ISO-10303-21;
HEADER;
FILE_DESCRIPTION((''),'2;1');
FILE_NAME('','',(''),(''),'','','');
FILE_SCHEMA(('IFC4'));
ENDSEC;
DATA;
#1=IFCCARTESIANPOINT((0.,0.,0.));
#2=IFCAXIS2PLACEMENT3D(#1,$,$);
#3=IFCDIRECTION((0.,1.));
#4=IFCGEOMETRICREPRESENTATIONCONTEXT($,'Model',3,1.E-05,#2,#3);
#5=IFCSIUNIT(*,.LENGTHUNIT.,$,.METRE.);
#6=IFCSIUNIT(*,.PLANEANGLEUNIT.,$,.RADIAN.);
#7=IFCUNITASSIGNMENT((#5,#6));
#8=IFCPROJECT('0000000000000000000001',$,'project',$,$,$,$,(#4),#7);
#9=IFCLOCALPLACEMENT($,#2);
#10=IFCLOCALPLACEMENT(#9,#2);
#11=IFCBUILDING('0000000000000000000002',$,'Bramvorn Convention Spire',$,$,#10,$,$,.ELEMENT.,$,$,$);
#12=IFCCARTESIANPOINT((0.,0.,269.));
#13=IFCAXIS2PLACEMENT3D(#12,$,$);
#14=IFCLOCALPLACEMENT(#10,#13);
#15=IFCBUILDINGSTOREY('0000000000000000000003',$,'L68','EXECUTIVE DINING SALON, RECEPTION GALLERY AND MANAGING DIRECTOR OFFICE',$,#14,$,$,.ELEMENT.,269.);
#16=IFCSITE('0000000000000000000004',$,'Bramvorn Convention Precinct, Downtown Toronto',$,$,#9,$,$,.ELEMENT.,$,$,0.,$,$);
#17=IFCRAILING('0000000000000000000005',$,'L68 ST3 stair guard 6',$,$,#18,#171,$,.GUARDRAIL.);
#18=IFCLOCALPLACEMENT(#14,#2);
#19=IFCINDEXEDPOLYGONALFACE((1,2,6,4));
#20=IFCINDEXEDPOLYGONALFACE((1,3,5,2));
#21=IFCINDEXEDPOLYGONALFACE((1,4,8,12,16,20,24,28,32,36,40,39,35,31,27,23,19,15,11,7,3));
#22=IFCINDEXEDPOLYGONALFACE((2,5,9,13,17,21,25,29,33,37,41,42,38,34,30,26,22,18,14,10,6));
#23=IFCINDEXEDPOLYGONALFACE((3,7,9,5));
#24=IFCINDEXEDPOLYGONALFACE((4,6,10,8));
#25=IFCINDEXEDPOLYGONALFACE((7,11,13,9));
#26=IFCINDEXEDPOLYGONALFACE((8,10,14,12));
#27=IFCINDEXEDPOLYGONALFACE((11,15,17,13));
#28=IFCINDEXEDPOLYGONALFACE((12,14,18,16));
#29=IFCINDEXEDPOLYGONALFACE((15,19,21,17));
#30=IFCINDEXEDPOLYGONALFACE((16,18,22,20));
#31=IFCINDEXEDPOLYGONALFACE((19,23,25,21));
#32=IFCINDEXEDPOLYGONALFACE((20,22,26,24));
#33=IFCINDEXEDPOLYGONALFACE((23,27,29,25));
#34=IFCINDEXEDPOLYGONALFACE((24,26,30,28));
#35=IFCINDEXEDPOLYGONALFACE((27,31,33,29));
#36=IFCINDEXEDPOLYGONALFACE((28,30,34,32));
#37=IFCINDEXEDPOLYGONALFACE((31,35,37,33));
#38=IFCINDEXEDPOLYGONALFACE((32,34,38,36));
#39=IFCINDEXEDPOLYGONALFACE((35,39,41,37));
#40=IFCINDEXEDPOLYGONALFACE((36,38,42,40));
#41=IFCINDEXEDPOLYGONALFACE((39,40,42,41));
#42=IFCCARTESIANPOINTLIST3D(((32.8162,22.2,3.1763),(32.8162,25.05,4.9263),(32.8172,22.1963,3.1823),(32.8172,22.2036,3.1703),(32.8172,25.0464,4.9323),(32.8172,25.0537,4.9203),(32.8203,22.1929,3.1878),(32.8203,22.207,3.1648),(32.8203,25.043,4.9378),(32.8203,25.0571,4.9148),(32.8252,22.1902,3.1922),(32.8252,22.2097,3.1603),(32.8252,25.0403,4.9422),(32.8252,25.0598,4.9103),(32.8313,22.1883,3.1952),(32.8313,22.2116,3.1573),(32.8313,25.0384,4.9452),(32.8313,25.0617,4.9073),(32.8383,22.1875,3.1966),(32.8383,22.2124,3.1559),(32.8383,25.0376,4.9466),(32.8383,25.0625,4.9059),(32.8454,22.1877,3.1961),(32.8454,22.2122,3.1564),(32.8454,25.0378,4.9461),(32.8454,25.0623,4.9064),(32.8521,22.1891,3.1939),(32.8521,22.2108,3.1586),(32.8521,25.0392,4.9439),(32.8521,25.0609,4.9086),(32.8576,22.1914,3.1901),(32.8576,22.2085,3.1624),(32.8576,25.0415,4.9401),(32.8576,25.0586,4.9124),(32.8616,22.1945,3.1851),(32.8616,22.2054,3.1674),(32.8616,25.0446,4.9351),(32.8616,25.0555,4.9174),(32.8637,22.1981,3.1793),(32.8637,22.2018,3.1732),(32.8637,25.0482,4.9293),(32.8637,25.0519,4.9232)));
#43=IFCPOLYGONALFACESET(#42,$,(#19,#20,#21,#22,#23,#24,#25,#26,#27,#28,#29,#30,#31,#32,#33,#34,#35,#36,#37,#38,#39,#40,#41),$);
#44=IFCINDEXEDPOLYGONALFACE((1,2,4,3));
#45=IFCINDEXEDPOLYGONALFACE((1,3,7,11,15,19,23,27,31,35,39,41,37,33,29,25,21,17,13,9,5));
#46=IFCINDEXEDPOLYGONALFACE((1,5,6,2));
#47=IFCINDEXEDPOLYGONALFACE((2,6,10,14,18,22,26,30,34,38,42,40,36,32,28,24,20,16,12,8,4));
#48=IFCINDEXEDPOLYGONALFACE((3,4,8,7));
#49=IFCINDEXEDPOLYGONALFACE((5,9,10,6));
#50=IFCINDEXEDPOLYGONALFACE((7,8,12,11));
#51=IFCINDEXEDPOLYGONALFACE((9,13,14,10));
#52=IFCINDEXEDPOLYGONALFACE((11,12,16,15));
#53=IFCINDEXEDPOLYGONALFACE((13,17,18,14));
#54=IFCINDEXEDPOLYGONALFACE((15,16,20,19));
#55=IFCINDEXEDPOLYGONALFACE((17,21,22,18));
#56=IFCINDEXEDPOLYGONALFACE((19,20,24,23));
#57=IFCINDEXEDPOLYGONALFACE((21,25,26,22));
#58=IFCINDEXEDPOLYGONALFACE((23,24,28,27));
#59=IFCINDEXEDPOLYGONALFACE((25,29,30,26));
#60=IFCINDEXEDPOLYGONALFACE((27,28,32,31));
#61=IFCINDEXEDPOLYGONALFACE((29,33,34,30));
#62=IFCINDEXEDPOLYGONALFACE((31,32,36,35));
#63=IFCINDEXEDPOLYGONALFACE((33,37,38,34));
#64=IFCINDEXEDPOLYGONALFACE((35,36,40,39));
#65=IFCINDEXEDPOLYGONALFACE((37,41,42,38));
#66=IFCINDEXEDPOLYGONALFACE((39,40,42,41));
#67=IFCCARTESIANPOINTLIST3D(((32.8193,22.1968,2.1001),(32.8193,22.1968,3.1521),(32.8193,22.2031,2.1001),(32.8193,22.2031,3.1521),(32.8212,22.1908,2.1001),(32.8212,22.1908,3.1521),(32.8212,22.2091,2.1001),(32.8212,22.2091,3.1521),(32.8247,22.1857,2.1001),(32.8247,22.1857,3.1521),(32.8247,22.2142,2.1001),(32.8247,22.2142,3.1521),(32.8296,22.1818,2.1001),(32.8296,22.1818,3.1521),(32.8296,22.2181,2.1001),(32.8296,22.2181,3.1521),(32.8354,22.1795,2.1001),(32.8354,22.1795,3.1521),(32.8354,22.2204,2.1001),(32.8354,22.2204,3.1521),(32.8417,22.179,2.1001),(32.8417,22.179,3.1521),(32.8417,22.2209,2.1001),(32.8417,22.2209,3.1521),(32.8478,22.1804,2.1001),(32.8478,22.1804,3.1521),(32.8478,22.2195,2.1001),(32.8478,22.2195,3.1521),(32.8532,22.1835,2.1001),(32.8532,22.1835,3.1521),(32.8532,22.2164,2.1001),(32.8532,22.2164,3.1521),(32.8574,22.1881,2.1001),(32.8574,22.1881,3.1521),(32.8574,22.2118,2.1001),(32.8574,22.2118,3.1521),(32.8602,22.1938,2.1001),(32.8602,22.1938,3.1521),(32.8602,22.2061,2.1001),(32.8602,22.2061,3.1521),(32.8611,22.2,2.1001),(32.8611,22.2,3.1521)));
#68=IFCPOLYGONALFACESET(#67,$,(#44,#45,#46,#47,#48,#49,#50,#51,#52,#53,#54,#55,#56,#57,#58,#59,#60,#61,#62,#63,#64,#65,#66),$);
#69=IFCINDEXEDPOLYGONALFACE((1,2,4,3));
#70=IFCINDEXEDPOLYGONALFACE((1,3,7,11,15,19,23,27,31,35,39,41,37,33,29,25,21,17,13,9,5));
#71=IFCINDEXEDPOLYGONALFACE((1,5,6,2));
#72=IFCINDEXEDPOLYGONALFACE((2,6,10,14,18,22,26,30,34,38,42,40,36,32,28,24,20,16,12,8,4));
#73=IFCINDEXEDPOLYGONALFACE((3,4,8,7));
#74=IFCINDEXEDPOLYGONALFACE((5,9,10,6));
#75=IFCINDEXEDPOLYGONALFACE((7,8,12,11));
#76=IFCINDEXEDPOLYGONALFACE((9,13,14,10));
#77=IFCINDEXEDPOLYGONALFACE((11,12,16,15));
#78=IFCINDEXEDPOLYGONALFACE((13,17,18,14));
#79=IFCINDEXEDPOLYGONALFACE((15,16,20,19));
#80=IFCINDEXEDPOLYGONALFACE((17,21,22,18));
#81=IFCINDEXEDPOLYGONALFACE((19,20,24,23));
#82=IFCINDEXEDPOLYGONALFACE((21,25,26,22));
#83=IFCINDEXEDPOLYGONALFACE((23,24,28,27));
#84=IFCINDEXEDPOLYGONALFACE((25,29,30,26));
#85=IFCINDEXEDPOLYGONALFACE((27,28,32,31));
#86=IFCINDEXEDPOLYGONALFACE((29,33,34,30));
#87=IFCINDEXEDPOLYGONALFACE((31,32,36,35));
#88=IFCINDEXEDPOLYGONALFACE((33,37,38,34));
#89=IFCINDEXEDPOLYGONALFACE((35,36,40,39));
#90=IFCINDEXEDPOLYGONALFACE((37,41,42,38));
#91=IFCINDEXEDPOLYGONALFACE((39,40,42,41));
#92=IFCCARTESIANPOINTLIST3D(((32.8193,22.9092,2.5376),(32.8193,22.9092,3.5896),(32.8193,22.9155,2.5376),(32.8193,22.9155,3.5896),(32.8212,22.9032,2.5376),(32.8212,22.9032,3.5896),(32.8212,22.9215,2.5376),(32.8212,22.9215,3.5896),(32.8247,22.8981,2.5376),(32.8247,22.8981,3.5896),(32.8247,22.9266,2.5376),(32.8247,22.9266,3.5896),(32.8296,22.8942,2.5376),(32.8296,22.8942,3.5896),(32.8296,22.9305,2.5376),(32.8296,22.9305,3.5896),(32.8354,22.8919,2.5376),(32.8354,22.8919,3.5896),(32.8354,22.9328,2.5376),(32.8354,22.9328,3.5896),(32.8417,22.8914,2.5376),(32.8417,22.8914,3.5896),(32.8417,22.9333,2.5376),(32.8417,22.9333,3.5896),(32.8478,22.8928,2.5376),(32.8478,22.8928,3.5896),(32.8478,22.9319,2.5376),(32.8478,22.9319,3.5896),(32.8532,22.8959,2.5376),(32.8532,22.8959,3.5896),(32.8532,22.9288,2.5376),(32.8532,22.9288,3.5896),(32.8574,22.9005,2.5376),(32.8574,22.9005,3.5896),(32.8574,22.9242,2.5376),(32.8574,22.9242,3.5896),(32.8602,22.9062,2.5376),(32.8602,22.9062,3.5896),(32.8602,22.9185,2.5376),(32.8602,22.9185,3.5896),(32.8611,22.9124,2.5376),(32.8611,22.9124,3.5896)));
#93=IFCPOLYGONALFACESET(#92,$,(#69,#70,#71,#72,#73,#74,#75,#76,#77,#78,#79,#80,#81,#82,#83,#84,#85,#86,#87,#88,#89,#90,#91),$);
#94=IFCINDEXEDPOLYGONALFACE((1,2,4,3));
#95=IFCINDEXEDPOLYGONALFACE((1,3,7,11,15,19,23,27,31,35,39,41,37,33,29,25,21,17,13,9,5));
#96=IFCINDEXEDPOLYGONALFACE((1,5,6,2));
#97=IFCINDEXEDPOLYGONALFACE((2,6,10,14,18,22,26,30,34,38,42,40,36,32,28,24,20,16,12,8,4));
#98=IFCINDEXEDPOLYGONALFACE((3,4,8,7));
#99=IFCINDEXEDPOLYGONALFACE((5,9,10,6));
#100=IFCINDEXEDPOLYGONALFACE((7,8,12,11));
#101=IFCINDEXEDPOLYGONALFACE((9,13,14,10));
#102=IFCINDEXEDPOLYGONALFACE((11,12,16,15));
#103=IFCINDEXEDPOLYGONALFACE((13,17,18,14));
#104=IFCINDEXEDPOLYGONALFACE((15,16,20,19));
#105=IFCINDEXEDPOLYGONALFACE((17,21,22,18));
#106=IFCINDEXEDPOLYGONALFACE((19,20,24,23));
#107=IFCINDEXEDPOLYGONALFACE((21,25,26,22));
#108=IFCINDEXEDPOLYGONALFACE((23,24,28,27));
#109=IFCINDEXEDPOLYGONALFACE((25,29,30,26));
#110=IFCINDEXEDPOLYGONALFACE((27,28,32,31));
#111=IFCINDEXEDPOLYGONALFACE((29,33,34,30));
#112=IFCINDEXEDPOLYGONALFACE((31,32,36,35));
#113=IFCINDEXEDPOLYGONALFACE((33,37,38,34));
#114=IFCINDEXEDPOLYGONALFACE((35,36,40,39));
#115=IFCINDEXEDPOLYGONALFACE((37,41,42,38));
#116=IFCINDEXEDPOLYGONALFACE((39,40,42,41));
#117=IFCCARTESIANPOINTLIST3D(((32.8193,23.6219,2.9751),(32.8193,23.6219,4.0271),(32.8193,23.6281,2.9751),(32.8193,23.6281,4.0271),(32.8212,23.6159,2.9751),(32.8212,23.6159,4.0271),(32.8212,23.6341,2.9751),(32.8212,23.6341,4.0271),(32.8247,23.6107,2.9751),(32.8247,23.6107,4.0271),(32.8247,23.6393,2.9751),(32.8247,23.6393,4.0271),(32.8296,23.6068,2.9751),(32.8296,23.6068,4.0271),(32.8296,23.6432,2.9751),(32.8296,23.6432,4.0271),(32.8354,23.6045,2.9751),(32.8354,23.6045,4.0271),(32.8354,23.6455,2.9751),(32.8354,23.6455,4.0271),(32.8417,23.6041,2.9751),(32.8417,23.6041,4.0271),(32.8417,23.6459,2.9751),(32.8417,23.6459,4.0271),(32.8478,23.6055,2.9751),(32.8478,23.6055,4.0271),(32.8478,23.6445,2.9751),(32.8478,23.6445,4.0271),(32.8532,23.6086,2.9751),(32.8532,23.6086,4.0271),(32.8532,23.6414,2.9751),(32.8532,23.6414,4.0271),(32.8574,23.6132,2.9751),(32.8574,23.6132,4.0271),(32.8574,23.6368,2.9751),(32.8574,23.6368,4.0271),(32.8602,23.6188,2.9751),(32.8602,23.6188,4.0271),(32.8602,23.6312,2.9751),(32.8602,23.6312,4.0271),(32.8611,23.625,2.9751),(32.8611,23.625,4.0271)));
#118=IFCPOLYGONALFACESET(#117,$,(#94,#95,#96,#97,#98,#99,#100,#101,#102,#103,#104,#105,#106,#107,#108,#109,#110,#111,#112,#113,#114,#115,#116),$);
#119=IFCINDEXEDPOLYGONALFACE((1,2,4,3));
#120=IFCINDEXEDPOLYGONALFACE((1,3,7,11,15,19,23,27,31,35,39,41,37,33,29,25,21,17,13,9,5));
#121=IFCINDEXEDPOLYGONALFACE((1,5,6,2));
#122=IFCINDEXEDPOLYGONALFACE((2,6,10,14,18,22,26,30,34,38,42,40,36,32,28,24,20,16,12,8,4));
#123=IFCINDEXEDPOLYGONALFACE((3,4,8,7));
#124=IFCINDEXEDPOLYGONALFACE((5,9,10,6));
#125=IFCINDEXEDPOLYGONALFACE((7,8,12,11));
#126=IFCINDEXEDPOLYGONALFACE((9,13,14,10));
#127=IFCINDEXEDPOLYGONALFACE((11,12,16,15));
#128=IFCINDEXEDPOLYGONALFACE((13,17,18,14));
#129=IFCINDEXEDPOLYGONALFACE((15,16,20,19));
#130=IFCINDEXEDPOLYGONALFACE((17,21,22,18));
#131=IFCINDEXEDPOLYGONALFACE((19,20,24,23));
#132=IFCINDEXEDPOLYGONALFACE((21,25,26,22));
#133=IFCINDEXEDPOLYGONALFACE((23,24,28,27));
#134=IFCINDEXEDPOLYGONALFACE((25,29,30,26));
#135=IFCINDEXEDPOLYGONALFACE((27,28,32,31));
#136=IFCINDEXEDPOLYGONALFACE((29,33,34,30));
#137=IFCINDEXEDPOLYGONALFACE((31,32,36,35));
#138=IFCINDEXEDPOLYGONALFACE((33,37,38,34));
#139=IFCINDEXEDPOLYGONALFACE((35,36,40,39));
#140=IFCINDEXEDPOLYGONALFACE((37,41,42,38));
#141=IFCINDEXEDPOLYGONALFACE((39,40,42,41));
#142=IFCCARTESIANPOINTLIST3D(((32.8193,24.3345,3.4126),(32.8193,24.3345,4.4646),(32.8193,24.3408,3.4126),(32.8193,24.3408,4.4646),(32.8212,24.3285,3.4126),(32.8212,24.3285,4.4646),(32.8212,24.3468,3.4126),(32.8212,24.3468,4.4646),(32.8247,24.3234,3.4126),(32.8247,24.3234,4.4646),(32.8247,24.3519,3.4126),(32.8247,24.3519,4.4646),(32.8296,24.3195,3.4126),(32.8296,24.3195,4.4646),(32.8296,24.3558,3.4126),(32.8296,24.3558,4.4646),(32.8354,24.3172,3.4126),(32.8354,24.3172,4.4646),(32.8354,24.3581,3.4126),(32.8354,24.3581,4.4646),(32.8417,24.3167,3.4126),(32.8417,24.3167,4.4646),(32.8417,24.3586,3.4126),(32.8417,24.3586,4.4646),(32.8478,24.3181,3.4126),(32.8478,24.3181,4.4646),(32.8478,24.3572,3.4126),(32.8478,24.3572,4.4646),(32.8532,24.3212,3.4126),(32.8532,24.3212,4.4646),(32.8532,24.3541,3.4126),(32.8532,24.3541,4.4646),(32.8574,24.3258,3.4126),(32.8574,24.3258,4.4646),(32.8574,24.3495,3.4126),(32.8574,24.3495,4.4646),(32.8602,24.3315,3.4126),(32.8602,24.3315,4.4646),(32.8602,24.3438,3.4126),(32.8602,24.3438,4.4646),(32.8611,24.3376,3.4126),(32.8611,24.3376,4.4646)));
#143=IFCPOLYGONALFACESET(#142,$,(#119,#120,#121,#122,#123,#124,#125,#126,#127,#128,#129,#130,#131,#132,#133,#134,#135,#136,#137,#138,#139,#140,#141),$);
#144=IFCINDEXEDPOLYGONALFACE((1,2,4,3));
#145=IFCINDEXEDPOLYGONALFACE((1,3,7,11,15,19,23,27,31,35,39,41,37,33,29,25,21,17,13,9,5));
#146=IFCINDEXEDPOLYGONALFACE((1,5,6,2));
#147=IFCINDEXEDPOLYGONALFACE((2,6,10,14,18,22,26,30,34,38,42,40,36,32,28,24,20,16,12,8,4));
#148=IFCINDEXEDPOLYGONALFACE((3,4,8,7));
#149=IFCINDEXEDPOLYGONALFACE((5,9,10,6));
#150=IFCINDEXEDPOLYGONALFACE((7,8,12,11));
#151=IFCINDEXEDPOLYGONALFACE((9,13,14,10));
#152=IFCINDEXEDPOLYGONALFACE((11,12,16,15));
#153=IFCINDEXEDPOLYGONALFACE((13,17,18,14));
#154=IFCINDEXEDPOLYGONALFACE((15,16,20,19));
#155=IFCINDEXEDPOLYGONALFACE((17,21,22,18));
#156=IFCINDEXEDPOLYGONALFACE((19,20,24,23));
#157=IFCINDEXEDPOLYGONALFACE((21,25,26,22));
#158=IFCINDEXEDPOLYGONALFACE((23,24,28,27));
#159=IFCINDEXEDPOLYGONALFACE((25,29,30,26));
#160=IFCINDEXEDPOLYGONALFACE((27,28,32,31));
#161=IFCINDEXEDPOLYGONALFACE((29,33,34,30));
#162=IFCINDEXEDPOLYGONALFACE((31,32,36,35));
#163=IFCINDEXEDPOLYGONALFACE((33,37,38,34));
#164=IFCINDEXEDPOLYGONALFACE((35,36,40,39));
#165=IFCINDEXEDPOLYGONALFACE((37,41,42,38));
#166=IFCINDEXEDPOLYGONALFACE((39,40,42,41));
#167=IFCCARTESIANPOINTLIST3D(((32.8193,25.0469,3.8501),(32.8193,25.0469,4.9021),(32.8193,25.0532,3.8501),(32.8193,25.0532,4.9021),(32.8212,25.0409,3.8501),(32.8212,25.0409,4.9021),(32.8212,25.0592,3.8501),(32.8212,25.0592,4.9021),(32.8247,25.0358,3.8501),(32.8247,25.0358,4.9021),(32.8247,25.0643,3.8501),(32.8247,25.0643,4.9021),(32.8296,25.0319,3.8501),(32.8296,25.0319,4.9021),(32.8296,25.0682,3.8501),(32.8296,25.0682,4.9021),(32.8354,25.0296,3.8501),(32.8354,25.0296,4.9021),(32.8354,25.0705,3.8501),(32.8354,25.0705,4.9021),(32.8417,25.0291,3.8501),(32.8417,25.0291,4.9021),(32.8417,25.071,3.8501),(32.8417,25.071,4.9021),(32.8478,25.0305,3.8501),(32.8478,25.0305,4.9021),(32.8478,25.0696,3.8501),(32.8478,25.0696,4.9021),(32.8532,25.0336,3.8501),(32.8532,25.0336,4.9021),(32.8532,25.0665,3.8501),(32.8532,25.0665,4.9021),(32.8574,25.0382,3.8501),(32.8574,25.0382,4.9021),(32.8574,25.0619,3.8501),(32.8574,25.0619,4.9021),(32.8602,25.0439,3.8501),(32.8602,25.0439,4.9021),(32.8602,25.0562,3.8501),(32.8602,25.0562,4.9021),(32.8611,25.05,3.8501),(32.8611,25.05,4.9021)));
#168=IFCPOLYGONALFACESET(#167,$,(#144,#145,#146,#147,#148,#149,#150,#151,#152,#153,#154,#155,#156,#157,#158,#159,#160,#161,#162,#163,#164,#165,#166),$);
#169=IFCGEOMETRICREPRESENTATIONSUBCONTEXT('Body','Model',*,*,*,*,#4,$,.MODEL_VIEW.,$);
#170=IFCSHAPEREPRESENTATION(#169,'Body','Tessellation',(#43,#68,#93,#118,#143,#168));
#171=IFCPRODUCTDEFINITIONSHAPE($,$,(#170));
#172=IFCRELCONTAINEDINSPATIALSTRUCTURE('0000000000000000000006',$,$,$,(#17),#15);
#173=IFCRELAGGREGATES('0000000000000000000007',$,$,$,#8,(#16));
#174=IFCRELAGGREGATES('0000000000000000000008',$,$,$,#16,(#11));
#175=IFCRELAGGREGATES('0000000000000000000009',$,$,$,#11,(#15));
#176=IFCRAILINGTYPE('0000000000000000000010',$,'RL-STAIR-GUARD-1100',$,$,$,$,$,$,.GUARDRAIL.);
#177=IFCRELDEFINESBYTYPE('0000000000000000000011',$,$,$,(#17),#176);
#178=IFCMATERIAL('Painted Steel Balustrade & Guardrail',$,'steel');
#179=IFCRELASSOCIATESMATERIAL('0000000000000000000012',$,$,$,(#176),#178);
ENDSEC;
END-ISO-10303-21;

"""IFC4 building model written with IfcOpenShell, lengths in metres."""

from ifc_helpers import new_model, si_unit, direction, frame, origin, origin_2d, place, context, subcontext, project, spatial, circle, extrude, material, type_object, element, save


model = new_model("IFC4")

# Units and contexts
model_context = context("Model", 3, precision=1e-05, world=origin(), true_north=direction((0.0, 1.0)))
body_context = subcontext(model_context, "Body", "Model", "MODEL_VIEW")
ifc_project = project(units=[si_unit("LENGTHUNIT", "METRE"), si_unit("PLANEANGLEUNIT", "RADIAN")], contexts=[model_context])

# Site, building, storey
site_placement = place(None, origin())
site = spatial("IfcSite", under=ifc_project, at=site_placement, Name="Bramvorn Convention Precinct, Downtown Toronto", CompositionType="ELEMENT", RefElevation=0.0)
building_placement = place(site_placement, origin())
building = spatial("IfcBuilding", under=site, at=building_placement, Name="Bramvorn Convention Spire", CompositionType="ELEMENT")
storey_placement = place(building_placement, frame((0.0, 0.0, 269.0)))
storey = spatial("IfcBuildingStorey", under=building, at=storey_placement, Name="L68", Description="EXECUTIVE DINING SALON, RECEPTION GALLERY AND MANAGING DIRECTOR OFFICE", CompositionType="ELEMENT", Elevation=269.0)

# Railing
ifc_material_1 = material(Name="Painted Steel Balustrade & Guardrail", Category="steel")
railing_type_1 = type_object("IfcRailingType", Name="RL-STAIR-GUARD-1100", PredefinedType="GUARDRAIL", material=ifc_material_1)
railing_1_placement = place(storey_placement, frame((32.8401, 22.2, 2.1001)))
element("IfcRailing", 1, at=railing_1_placement, inside=storey, type_object=railing_type_1, Name="L68 ST3 stair guard 6", PredefinedType="GUARDRAIL", context=body_context, shape_type="SweptSolid", body=[
    extrude(circle(Radius=0.0239, at=origin_2d()), frame((0.0, 0.0, 1.0762), z_axis=(0.0, 0.852179, 0.52325), x_axis=(-1.0, 0.0, 0.0)), (0.0, 0.0, 1.0), 3.3445),
    extrude(circle(Radius=0.021, at=origin_2d()), origin(), (0.0, 0.0, 1.0), 1.052),
    extrude(circle(Radius=0.021, at=origin_2d()), frame((0.0, 0.7124, 0.4375)), (0.0, 0.0, 1.0), 1.052),
    extrude(circle(Radius=0.021, at=origin_2d()), frame((0.0, 1.425, 0.875)), (0.0, 0.0, 1.0), 1.052),
    extrude(circle(Radius=0.021, at=origin_2d()), frame((0.0, 2.1377, 1.3125)), (0.0, 0.0, 1.0), 1.052),
    extrude(circle(Radius=0.021, at=origin_2d()), frame((0.0, 2.8501, 1.75)), (0.0, 0.0, 1.0), 1.052),
])

save(model, "model.ifc")
